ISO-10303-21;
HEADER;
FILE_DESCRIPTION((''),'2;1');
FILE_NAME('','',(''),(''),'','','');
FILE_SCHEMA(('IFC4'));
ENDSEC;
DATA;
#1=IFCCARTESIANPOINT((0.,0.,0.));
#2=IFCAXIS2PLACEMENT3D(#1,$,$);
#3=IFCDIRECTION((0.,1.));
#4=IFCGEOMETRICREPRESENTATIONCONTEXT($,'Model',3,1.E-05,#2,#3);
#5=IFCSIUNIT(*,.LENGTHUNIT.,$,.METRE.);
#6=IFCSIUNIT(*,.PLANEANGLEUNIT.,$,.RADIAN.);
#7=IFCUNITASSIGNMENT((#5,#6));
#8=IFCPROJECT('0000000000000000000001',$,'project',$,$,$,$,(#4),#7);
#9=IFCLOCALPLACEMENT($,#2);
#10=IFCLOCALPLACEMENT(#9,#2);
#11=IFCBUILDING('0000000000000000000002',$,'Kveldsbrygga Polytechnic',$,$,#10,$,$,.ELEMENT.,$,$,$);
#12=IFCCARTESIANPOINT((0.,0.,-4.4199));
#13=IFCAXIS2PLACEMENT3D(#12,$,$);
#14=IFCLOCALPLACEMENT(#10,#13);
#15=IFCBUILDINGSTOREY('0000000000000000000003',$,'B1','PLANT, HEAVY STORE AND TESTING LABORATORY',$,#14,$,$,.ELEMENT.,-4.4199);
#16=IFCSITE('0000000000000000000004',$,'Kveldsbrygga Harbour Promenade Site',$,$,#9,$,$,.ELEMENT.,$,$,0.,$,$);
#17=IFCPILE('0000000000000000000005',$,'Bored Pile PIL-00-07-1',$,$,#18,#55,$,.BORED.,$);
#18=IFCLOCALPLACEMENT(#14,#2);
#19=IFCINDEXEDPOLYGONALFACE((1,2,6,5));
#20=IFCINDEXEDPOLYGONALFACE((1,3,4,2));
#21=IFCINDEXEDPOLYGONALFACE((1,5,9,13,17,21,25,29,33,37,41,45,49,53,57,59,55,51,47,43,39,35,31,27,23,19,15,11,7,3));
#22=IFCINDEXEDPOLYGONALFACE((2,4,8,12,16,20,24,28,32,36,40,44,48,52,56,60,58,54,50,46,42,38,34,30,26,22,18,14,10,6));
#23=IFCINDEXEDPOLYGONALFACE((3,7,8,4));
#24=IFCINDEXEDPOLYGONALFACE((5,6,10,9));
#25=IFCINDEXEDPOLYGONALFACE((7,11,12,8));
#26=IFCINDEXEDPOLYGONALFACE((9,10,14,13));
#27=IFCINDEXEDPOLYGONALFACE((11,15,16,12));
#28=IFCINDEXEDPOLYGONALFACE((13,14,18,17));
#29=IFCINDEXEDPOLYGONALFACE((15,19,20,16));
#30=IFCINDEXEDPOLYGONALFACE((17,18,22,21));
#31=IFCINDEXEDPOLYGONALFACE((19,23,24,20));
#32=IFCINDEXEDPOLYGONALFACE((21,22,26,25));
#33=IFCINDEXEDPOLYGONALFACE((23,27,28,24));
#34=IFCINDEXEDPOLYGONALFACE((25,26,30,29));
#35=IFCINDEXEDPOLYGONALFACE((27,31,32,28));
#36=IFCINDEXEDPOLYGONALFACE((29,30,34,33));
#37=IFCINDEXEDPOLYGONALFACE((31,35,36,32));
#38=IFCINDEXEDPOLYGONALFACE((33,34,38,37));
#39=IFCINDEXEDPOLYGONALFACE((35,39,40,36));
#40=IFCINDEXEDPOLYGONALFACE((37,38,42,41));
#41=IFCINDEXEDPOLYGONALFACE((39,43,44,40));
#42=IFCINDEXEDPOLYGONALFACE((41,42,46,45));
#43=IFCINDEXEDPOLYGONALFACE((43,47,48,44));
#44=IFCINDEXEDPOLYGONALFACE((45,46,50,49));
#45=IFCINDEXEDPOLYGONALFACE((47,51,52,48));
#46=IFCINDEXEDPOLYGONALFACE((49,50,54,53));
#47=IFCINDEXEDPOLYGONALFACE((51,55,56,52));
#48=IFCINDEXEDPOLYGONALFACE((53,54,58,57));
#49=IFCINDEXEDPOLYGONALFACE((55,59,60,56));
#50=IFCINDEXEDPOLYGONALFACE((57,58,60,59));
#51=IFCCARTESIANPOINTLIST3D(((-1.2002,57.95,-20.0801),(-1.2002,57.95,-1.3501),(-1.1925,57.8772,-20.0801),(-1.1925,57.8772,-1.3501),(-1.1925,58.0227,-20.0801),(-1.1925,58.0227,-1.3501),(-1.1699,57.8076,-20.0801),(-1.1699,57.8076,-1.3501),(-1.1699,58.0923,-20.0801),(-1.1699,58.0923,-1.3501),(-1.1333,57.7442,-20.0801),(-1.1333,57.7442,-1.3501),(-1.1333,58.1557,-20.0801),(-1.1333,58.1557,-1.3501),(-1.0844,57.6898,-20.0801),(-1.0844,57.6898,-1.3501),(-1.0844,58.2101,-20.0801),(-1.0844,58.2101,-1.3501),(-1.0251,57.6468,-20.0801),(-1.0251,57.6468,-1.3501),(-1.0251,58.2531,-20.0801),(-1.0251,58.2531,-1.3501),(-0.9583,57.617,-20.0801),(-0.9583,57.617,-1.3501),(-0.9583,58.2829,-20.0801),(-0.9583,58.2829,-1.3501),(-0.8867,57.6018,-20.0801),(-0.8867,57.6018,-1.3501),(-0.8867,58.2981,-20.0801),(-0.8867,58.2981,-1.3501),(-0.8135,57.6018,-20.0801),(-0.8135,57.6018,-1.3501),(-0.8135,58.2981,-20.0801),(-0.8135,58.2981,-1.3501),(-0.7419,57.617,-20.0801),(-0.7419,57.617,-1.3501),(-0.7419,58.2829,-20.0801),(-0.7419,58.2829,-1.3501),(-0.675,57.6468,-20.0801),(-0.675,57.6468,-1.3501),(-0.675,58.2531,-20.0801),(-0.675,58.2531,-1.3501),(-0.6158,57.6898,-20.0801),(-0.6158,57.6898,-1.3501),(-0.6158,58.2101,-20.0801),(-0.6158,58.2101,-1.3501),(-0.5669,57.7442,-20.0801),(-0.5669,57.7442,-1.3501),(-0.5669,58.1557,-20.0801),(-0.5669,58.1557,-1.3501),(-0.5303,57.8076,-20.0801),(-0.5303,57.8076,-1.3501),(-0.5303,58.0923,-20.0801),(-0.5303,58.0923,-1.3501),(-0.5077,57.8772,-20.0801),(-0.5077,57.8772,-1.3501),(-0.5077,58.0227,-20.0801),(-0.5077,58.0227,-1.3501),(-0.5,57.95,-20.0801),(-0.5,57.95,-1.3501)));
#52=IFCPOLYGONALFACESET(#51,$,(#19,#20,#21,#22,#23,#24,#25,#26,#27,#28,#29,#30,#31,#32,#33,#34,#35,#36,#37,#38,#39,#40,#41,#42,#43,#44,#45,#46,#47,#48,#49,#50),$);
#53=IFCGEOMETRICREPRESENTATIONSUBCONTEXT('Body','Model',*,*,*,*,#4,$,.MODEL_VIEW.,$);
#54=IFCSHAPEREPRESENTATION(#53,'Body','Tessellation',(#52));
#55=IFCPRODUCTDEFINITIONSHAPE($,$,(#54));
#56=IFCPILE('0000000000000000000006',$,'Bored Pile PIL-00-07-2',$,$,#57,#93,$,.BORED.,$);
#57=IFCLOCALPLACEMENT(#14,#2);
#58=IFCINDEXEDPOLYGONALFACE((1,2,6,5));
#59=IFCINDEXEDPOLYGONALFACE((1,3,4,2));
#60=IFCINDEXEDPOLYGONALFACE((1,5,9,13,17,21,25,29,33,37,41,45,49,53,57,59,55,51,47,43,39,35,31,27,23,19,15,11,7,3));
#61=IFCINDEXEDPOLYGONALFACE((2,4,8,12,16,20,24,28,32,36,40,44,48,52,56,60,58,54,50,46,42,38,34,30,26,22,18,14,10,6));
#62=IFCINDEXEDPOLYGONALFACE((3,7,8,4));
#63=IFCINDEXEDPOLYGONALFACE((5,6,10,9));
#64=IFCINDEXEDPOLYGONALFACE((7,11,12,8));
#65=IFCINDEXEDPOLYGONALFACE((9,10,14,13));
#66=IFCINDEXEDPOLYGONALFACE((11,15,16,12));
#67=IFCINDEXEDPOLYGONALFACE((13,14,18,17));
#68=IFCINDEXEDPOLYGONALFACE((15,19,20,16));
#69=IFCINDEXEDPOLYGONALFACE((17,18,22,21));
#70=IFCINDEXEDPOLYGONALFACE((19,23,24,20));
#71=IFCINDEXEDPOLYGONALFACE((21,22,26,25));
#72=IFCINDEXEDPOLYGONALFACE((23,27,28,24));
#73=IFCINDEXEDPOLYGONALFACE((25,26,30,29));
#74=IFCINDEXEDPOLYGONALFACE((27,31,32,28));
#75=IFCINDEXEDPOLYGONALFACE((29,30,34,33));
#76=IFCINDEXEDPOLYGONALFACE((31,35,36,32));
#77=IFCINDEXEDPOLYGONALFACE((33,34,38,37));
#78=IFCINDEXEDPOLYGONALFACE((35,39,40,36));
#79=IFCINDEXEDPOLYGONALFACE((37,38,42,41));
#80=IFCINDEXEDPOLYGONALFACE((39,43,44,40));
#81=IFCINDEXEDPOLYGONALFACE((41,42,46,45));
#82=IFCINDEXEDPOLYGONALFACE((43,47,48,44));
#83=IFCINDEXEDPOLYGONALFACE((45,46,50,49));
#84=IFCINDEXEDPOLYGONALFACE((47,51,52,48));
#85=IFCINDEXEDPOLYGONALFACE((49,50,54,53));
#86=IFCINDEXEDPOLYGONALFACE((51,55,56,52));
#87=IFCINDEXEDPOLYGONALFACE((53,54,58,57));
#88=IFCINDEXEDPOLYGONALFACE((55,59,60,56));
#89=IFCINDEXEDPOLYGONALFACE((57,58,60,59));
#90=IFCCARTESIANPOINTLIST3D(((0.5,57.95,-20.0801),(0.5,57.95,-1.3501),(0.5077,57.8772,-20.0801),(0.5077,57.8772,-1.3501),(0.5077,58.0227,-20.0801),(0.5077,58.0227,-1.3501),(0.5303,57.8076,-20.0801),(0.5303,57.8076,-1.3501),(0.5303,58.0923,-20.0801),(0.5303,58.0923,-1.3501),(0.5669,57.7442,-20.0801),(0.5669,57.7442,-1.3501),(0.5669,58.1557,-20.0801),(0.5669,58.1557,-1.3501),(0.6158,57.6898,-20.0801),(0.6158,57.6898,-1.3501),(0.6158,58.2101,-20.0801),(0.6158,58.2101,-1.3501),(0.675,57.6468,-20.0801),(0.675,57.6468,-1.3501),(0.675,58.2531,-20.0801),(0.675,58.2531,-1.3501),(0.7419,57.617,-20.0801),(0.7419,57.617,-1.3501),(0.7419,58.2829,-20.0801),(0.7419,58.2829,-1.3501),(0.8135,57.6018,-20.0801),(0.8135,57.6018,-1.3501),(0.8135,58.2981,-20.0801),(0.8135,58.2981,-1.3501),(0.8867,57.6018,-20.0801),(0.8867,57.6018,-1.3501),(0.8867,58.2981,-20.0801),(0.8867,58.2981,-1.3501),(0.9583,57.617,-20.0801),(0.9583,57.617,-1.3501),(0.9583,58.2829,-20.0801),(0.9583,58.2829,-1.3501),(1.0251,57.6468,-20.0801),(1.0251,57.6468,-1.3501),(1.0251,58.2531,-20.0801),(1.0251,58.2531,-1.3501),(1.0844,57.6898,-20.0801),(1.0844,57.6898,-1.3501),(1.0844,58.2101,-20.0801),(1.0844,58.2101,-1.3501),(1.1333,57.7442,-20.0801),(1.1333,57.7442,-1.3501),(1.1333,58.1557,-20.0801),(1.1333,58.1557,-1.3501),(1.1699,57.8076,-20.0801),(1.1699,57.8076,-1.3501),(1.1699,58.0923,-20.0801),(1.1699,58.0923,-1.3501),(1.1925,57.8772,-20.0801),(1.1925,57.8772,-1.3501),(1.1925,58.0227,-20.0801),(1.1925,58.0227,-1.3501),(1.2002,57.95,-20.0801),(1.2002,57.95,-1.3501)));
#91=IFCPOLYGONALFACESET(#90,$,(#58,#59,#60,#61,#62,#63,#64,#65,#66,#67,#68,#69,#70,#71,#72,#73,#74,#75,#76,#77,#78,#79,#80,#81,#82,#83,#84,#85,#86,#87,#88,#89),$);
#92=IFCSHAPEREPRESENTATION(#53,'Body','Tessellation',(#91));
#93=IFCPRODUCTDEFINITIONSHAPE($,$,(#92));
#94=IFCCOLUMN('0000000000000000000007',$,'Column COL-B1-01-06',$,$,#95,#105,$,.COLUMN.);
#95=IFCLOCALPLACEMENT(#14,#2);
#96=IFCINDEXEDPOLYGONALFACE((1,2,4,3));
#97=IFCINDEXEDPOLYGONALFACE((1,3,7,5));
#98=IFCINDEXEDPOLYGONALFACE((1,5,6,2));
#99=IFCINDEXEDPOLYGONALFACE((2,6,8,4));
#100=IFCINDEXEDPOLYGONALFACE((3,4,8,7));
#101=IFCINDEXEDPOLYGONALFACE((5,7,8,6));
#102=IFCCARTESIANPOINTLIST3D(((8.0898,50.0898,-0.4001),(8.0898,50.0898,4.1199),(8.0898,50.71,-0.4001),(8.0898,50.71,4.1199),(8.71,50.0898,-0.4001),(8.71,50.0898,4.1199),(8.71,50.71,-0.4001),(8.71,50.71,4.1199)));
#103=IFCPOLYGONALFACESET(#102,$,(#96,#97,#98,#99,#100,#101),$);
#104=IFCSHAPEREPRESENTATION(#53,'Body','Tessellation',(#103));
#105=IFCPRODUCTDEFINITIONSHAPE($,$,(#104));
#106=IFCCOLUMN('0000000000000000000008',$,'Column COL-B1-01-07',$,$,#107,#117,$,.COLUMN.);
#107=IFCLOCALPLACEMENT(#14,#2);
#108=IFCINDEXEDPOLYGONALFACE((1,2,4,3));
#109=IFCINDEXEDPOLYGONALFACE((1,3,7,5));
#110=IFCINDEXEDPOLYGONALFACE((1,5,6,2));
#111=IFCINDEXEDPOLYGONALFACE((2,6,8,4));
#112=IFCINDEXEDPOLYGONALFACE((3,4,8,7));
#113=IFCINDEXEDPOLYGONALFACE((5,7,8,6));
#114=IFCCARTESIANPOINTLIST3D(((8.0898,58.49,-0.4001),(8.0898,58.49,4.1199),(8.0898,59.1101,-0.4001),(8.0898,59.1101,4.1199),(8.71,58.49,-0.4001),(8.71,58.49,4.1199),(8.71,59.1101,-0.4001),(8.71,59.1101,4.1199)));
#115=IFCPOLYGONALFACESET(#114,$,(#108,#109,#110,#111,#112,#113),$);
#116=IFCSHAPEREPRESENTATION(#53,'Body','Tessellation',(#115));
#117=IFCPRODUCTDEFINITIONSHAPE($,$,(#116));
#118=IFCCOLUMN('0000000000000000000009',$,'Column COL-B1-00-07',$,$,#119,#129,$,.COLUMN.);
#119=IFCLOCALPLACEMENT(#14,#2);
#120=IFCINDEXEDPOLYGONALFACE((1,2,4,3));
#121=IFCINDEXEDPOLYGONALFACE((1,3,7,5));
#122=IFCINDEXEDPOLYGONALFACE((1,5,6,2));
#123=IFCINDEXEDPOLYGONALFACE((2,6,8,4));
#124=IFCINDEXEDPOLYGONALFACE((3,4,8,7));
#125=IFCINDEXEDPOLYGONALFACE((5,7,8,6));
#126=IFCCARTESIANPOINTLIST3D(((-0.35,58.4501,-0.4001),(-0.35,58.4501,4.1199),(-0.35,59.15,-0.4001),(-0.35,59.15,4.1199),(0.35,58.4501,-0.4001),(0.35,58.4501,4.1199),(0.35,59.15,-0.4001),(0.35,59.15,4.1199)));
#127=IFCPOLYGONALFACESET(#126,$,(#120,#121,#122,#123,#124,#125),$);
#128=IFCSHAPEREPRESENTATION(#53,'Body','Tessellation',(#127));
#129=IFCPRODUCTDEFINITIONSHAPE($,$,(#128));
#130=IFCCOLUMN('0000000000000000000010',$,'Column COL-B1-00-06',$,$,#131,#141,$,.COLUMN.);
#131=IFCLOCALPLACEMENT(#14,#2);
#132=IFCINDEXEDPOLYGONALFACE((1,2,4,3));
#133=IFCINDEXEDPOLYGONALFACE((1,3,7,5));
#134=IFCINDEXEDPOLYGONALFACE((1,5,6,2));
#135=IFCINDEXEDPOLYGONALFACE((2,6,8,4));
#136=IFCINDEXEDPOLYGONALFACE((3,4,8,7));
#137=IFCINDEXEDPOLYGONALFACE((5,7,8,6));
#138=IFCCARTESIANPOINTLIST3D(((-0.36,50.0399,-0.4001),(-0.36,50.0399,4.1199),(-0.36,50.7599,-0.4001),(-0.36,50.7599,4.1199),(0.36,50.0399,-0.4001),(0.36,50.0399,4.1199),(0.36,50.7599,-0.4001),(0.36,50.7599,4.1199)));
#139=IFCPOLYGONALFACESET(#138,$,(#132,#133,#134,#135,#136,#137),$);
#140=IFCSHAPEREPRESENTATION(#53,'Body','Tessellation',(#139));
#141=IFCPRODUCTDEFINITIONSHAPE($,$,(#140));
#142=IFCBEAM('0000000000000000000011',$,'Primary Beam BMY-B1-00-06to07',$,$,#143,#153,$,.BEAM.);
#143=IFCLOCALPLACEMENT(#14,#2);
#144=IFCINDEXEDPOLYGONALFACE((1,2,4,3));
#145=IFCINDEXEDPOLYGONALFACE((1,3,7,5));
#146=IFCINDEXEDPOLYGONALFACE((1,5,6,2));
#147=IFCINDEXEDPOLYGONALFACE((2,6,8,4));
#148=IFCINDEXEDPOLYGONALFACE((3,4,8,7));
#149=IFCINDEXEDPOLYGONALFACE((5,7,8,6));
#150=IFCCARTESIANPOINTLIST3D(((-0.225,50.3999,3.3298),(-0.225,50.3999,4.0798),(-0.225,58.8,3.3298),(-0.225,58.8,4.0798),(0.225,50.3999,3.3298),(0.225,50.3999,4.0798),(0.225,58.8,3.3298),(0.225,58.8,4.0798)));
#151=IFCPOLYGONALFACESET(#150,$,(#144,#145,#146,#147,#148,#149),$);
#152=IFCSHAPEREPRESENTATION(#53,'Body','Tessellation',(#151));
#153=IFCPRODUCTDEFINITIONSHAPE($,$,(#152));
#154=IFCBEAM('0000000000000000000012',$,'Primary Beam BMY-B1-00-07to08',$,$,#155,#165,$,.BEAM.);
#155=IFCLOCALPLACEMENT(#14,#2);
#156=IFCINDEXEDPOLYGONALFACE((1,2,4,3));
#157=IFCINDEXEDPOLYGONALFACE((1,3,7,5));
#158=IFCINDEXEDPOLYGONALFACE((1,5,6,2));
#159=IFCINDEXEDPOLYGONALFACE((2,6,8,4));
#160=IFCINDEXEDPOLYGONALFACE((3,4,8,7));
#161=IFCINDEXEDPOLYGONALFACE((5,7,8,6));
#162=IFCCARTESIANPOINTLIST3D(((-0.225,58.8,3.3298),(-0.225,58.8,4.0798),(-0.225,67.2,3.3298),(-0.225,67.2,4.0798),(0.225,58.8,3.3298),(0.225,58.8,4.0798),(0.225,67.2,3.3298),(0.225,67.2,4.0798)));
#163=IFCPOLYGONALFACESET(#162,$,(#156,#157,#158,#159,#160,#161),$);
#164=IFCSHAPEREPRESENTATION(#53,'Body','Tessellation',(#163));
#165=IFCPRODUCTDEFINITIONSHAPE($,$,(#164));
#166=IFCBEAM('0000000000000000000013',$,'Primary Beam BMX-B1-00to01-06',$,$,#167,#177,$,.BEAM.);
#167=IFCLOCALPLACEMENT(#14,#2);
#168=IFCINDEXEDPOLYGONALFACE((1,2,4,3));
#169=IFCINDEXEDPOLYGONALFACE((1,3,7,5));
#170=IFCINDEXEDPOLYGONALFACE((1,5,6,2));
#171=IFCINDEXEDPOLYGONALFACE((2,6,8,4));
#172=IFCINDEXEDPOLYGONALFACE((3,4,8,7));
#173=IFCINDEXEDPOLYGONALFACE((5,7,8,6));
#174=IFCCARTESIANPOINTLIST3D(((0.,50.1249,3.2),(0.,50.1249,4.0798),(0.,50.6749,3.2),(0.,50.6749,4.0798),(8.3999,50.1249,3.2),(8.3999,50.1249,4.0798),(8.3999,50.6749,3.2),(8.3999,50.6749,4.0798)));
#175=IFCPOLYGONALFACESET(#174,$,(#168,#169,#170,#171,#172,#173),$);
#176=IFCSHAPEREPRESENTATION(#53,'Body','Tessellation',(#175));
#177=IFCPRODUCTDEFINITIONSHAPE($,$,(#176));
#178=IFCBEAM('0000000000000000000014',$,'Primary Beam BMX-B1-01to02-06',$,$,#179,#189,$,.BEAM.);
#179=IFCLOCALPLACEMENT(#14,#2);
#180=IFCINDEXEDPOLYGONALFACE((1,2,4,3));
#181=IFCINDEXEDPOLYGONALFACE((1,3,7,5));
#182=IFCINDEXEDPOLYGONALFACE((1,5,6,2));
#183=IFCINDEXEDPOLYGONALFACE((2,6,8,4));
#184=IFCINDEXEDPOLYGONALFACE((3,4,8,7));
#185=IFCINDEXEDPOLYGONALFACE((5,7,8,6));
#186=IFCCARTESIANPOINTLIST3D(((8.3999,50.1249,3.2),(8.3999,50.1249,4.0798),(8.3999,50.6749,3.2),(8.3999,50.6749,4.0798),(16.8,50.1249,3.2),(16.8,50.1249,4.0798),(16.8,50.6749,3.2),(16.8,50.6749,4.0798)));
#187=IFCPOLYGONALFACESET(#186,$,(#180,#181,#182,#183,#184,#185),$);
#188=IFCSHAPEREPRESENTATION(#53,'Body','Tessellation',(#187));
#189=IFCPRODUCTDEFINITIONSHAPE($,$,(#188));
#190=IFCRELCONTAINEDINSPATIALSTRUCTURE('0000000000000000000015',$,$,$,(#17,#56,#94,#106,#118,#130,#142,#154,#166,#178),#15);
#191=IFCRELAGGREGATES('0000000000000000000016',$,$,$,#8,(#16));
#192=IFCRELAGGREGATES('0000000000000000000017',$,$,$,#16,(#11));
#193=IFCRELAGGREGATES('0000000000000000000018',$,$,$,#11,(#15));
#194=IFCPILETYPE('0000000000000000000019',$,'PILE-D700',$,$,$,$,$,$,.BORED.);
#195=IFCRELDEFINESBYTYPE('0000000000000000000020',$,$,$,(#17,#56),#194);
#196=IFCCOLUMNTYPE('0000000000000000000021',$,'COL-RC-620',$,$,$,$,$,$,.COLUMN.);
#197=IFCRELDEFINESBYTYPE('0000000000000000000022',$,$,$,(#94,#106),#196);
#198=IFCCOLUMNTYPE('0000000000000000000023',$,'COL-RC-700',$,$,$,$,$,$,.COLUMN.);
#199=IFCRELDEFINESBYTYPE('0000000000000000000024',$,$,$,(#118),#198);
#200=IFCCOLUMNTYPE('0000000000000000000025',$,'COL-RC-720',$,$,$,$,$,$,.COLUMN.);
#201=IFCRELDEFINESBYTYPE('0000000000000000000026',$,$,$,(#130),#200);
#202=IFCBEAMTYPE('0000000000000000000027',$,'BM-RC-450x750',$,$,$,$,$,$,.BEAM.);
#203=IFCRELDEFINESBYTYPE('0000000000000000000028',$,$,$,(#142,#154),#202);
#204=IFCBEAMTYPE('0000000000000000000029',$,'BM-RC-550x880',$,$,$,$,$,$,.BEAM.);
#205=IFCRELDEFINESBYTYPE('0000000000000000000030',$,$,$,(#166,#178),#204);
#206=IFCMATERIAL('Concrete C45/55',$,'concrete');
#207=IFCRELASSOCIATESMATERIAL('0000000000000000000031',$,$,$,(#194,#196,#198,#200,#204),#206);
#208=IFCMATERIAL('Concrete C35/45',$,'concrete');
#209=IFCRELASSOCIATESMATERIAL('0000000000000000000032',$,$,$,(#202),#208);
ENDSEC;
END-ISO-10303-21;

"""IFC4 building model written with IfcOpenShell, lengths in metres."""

from ifc_helpers import new_model, si_unit, direction, frame, origin, origin_2d, place, context, subcontext, project, spatial, rectangle, circle, extrude, material, material_profile, profile_set, type_object, element, save


model = new_model("IFC4")

# Units and contexts
model_context = context("Model", 3, precision=1e-05, world=origin(), true_north=direction((0.0, 1.0)))
body_context = subcontext(model_context, "Body", "Model", "MODEL_VIEW")
ifc_project = project(units=[si_unit("LENGTHUNIT", "METRE"), si_unit("PLANEANGLEUNIT", "RADIAN")], contexts=[model_context])

# Site, building, storey
site_placement = place(None, origin())
site = spatial("IfcSite", under=ifc_project, at=site_placement, Name="Kveldsbrygga Harbour Promenade Site", CompositionType="ELEMENT", RefElevation=0.0)
building_placement = place(site_placement, origin())
building = spatial("IfcBuilding", under=site, at=building_placement, Name="Kveldsbrygga Polytechnic", CompositionType="ELEMENT")
storey_placement = place(building_placement, frame((0.0, 0.0, -4.4199)))
storey = spatial("IfcBuildingStorey", under=building, at=storey_placement, Name="B1", Description="PLANT, HEAVY STORE AND TESTING LABORATORY", CompositionType="ELEMENT", Elevation=-4.4199)

# Shared definitions
ifc_material_1 = material(Name="Concrete C45/55", Category="concrete")
ifc_material_2 = material(Name="Concrete C35/45", Category="concrete")

# Piles
ifc_material_profile_1 = material_profile(ifc_material_1, circle(Radius=0.3501, at=origin_2d()), Name="PILE D700")
ifc_profile_set_1 = profile_set([ifc_material_profile_1], Name="Concrete C45/55")
pile_type_1 = type_object("IfcPileType", Name="PILE-D700", PredefinedType="BORED", material=ifc_profile_set_1)
for number, where, z_axis, x_axis, name in (
    (1, (-0.8501, 57.95, -1.3501), (0.0, 0.0, -1.0), (1.0, 0.0, 0.0), "Bored Pile PIL-00-07-1"),
    (2, (0.8501, 57.95, -1.3501), (0.0, 0.0, -1.0), (1.0, 0.0, 0.0), "Bored Pile PIL-00-07-2"),
):
    element("IfcPile", number, at=place(storey_placement, frame(where, z_axis=z_axis, x_axis=x_axis)), inside=storey, type_object=pile_type_1, Name=name, PredefinedType="BORED", context=body_context, shape_type="SweptSolid", body=[
        extrude(circle(Radius=0.3501, at=origin_2d()), origin(), (0.0, 0.0, 1.0), 18.73),
    ])

# Columns
ifc_material_profile_2 = material_profile(ifc_material_1, rectangle(XDim=0.6201, YDim=0.6201, at=origin_2d()), Name="RC 620x620")
ifc_profile_set_2 = profile_set([ifc_material_profile_2], Name="Concrete C45/55")
column_type_1 = type_object("IfcColumnType", Name="COL-RC-620", PredefinedType="COLUMN", material=ifc_profile_set_2)
for number, where, z_axis, x_axis, name in (
    (3, (8.3999, 50.3999, -0.4001), (0.0, 0.0, 1.0), (1.0, 0.0, 0.0), "Column COL-B1-01-06"),
    (4, (8.3999, 58.8, -0.4001), (0.0, 0.0, 1.0), (1.0, 0.0, 0.0), "Column COL-B1-01-07"),
):
    element("IfcColumn", number, at=place(storey_placement, frame(where, z_axis=z_axis, x_axis=x_axis)), inside=storey, type_object=column_type_1, Name=name, PredefinedType="COLUMN", context=body_context, shape_type="SweptSolid", body=[
        extrude(rectangle(XDim=0.6201, YDim=0.6201, at=origin_2d()), origin(), (0.0, 0.0, 1.0), 4.52),
    ])
ifc_material_profile_3 = material_profile(ifc_material_1, rectangle(XDim=0.7, YDim=0.7, at=origin_2d()), Name="RC 700x700")
ifc_profile_set_3 = profile_set([ifc_material_profile_3], Name="Concrete C45/55")
column_type_2 = type_object("IfcColumnType", Name="COL-RC-700", PredefinedType="COLUMN", material=ifc_profile_set_3)
column_1_placement = place(storey_placement, frame((0.0, 58.8, -0.4001), z_axis=(0.0, 0.0, 1.0), x_axis=(1.0, 0.0, 0.0)))
element("IfcColumn", 5, at=column_1_placement, inside=storey, type_object=column_type_2, Name="Column COL-B1-00-07", PredefinedType="COLUMN", context=body_context, shape_type="SweptSolid", body=[
    extrude(rectangle(XDim=0.7, YDim=0.7, at=origin_2d()), origin(), (0.0, 0.0, 1.0), 4.52),
])
ifc_material_profile_4 = material_profile(ifc_material_1, rectangle(XDim=0.72, YDim=0.72, at=origin_2d()), Name="RC 720x720")
ifc_profile_set_4 = profile_set([ifc_material_profile_4], Name="Concrete C45/55")
column_type_3 = type_object("IfcColumnType", Name="COL-RC-720", PredefinedType="COLUMN", material=ifc_profile_set_4)
column_2_placement = place(storey_placement, frame((0.0, 50.3999, -0.4001), z_axis=(0.0, 0.0, 1.0), x_axis=(1.0, 0.0, 0.0)))
element("IfcColumn", 6, at=column_2_placement, inside=storey, type_object=column_type_3, Name="Column COL-B1-00-06", PredefinedType="COLUMN", context=body_context, shape_type="SweptSolid", body=[
    extrude(rectangle(XDim=0.72, YDim=0.72, at=origin_2d()), origin(), (0.0, 0.0, 1.0), 4.52),
])

# Beams
ifc_material_profile_5 = material_profile(ifc_material_2, rectangle(XDim=0.45, YDim=0.75, at=origin_2d()), Name="RC 450x750")
ifc_profile_set_5 = profile_set([ifc_material_profile_5], Name="Concrete C35/45")
beam_type_1 = type_object("IfcBeamType", Name="BM-RC-450x750", PredefinedType="BEAM", material=ifc_profile_set_5)
beam_1_placement = place(storey_placement, frame((0.0, 50.3999, 3.7048), z_axis=(0.0, 1.0, 0.0), x_axis=(-1.0, 0.0, 0.0)))
element("IfcBeam", 7, at=beam_1_placement, inside=storey, type_object=beam_type_1, Name="Primary Beam BMY-B1-00-06to07", PredefinedType="BEAM", context=body_context, shape_type="SweptSolid", body=[
    extrude(rectangle(XDim=0.45, YDim=0.75, at=origin_2d()), origin(), (0.0, 0.0, 1.0), 8.4001),
])
beam_2_placement = place(storey_placement, frame((0.0, 58.8, 3.7048), z_axis=(0.0, 1.0, 0.0), x_axis=(-1.0, 0.0, 0.0)))
element("IfcBeam", 8, at=beam_2_placement, inside=storey, type_object=beam_type_1, Name="Primary Beam BMY-B1-00-07to08", PredefinedType="BEAM", context=body_context, shape_type="SweptSolid", body=[
    extrude(rectangle(XDim=0.45, YDim=0.75, at=origin_2d()), origin(), (0.0, 0.0, 1.0), 8.3999),
])
ifc_material_profile_6 = material_profile(ifc_material_1, rectangle(XDim=0.55, YDim=0.8799, at=origin_2d()), Name="RC 550x880")
ifc_profile_set_6 = profile_set([ifc_material_profile_6], Name="Concrete C45/55")
beam_type_2 = type_object("IfcBeamType", Name="BM-RC-550x880", PredefinedType="BEAM", material=ifc_profile_set_6)
beam_3_placement = place(storey_placement, frame((0.0, 50.3999, 3.6399), z_axis=(1.0, 0.0, 0.0), x_axis=(0.0, 1.0, 0.0)))
element("IfcBeam", 9, at=beam_3_placement, inside=storey, type_object=beam_type_2, Name="Primary Beam BMX-B1-00to01-06", PredefinedType="BEAM", context=body_context, shape_type="SweptSolid", body=[
    extrude(rectangle(XDim=0.55, YDim=0.8799, at=origin_2d()), origin(), (0.0, 0.0, 1.0), 8.3999),
])
beam_4_placement = place(storey_placement, frame((8.3999, 50.3999, 3.6399), z_axis=(1.0, 0.0, 0.0), x_axis=(0.0, 1.0, 0.0)))
element("IfcBeam", 10, at=beam_4_placement, inside=storey, type_object=beam_type_2, Name="Primary Beam BMX-B1-01to02-06", PredefinedType="BEAM", context=body_context, shape_type="SweptSolid", body=[
    extrude(rectangle(XDim=0.55, YDim=0.8799, at=origin_2d()), origin(), (0.0, 0.0, 1.0), 8.4001),
])

save(model, "model.ifc")
